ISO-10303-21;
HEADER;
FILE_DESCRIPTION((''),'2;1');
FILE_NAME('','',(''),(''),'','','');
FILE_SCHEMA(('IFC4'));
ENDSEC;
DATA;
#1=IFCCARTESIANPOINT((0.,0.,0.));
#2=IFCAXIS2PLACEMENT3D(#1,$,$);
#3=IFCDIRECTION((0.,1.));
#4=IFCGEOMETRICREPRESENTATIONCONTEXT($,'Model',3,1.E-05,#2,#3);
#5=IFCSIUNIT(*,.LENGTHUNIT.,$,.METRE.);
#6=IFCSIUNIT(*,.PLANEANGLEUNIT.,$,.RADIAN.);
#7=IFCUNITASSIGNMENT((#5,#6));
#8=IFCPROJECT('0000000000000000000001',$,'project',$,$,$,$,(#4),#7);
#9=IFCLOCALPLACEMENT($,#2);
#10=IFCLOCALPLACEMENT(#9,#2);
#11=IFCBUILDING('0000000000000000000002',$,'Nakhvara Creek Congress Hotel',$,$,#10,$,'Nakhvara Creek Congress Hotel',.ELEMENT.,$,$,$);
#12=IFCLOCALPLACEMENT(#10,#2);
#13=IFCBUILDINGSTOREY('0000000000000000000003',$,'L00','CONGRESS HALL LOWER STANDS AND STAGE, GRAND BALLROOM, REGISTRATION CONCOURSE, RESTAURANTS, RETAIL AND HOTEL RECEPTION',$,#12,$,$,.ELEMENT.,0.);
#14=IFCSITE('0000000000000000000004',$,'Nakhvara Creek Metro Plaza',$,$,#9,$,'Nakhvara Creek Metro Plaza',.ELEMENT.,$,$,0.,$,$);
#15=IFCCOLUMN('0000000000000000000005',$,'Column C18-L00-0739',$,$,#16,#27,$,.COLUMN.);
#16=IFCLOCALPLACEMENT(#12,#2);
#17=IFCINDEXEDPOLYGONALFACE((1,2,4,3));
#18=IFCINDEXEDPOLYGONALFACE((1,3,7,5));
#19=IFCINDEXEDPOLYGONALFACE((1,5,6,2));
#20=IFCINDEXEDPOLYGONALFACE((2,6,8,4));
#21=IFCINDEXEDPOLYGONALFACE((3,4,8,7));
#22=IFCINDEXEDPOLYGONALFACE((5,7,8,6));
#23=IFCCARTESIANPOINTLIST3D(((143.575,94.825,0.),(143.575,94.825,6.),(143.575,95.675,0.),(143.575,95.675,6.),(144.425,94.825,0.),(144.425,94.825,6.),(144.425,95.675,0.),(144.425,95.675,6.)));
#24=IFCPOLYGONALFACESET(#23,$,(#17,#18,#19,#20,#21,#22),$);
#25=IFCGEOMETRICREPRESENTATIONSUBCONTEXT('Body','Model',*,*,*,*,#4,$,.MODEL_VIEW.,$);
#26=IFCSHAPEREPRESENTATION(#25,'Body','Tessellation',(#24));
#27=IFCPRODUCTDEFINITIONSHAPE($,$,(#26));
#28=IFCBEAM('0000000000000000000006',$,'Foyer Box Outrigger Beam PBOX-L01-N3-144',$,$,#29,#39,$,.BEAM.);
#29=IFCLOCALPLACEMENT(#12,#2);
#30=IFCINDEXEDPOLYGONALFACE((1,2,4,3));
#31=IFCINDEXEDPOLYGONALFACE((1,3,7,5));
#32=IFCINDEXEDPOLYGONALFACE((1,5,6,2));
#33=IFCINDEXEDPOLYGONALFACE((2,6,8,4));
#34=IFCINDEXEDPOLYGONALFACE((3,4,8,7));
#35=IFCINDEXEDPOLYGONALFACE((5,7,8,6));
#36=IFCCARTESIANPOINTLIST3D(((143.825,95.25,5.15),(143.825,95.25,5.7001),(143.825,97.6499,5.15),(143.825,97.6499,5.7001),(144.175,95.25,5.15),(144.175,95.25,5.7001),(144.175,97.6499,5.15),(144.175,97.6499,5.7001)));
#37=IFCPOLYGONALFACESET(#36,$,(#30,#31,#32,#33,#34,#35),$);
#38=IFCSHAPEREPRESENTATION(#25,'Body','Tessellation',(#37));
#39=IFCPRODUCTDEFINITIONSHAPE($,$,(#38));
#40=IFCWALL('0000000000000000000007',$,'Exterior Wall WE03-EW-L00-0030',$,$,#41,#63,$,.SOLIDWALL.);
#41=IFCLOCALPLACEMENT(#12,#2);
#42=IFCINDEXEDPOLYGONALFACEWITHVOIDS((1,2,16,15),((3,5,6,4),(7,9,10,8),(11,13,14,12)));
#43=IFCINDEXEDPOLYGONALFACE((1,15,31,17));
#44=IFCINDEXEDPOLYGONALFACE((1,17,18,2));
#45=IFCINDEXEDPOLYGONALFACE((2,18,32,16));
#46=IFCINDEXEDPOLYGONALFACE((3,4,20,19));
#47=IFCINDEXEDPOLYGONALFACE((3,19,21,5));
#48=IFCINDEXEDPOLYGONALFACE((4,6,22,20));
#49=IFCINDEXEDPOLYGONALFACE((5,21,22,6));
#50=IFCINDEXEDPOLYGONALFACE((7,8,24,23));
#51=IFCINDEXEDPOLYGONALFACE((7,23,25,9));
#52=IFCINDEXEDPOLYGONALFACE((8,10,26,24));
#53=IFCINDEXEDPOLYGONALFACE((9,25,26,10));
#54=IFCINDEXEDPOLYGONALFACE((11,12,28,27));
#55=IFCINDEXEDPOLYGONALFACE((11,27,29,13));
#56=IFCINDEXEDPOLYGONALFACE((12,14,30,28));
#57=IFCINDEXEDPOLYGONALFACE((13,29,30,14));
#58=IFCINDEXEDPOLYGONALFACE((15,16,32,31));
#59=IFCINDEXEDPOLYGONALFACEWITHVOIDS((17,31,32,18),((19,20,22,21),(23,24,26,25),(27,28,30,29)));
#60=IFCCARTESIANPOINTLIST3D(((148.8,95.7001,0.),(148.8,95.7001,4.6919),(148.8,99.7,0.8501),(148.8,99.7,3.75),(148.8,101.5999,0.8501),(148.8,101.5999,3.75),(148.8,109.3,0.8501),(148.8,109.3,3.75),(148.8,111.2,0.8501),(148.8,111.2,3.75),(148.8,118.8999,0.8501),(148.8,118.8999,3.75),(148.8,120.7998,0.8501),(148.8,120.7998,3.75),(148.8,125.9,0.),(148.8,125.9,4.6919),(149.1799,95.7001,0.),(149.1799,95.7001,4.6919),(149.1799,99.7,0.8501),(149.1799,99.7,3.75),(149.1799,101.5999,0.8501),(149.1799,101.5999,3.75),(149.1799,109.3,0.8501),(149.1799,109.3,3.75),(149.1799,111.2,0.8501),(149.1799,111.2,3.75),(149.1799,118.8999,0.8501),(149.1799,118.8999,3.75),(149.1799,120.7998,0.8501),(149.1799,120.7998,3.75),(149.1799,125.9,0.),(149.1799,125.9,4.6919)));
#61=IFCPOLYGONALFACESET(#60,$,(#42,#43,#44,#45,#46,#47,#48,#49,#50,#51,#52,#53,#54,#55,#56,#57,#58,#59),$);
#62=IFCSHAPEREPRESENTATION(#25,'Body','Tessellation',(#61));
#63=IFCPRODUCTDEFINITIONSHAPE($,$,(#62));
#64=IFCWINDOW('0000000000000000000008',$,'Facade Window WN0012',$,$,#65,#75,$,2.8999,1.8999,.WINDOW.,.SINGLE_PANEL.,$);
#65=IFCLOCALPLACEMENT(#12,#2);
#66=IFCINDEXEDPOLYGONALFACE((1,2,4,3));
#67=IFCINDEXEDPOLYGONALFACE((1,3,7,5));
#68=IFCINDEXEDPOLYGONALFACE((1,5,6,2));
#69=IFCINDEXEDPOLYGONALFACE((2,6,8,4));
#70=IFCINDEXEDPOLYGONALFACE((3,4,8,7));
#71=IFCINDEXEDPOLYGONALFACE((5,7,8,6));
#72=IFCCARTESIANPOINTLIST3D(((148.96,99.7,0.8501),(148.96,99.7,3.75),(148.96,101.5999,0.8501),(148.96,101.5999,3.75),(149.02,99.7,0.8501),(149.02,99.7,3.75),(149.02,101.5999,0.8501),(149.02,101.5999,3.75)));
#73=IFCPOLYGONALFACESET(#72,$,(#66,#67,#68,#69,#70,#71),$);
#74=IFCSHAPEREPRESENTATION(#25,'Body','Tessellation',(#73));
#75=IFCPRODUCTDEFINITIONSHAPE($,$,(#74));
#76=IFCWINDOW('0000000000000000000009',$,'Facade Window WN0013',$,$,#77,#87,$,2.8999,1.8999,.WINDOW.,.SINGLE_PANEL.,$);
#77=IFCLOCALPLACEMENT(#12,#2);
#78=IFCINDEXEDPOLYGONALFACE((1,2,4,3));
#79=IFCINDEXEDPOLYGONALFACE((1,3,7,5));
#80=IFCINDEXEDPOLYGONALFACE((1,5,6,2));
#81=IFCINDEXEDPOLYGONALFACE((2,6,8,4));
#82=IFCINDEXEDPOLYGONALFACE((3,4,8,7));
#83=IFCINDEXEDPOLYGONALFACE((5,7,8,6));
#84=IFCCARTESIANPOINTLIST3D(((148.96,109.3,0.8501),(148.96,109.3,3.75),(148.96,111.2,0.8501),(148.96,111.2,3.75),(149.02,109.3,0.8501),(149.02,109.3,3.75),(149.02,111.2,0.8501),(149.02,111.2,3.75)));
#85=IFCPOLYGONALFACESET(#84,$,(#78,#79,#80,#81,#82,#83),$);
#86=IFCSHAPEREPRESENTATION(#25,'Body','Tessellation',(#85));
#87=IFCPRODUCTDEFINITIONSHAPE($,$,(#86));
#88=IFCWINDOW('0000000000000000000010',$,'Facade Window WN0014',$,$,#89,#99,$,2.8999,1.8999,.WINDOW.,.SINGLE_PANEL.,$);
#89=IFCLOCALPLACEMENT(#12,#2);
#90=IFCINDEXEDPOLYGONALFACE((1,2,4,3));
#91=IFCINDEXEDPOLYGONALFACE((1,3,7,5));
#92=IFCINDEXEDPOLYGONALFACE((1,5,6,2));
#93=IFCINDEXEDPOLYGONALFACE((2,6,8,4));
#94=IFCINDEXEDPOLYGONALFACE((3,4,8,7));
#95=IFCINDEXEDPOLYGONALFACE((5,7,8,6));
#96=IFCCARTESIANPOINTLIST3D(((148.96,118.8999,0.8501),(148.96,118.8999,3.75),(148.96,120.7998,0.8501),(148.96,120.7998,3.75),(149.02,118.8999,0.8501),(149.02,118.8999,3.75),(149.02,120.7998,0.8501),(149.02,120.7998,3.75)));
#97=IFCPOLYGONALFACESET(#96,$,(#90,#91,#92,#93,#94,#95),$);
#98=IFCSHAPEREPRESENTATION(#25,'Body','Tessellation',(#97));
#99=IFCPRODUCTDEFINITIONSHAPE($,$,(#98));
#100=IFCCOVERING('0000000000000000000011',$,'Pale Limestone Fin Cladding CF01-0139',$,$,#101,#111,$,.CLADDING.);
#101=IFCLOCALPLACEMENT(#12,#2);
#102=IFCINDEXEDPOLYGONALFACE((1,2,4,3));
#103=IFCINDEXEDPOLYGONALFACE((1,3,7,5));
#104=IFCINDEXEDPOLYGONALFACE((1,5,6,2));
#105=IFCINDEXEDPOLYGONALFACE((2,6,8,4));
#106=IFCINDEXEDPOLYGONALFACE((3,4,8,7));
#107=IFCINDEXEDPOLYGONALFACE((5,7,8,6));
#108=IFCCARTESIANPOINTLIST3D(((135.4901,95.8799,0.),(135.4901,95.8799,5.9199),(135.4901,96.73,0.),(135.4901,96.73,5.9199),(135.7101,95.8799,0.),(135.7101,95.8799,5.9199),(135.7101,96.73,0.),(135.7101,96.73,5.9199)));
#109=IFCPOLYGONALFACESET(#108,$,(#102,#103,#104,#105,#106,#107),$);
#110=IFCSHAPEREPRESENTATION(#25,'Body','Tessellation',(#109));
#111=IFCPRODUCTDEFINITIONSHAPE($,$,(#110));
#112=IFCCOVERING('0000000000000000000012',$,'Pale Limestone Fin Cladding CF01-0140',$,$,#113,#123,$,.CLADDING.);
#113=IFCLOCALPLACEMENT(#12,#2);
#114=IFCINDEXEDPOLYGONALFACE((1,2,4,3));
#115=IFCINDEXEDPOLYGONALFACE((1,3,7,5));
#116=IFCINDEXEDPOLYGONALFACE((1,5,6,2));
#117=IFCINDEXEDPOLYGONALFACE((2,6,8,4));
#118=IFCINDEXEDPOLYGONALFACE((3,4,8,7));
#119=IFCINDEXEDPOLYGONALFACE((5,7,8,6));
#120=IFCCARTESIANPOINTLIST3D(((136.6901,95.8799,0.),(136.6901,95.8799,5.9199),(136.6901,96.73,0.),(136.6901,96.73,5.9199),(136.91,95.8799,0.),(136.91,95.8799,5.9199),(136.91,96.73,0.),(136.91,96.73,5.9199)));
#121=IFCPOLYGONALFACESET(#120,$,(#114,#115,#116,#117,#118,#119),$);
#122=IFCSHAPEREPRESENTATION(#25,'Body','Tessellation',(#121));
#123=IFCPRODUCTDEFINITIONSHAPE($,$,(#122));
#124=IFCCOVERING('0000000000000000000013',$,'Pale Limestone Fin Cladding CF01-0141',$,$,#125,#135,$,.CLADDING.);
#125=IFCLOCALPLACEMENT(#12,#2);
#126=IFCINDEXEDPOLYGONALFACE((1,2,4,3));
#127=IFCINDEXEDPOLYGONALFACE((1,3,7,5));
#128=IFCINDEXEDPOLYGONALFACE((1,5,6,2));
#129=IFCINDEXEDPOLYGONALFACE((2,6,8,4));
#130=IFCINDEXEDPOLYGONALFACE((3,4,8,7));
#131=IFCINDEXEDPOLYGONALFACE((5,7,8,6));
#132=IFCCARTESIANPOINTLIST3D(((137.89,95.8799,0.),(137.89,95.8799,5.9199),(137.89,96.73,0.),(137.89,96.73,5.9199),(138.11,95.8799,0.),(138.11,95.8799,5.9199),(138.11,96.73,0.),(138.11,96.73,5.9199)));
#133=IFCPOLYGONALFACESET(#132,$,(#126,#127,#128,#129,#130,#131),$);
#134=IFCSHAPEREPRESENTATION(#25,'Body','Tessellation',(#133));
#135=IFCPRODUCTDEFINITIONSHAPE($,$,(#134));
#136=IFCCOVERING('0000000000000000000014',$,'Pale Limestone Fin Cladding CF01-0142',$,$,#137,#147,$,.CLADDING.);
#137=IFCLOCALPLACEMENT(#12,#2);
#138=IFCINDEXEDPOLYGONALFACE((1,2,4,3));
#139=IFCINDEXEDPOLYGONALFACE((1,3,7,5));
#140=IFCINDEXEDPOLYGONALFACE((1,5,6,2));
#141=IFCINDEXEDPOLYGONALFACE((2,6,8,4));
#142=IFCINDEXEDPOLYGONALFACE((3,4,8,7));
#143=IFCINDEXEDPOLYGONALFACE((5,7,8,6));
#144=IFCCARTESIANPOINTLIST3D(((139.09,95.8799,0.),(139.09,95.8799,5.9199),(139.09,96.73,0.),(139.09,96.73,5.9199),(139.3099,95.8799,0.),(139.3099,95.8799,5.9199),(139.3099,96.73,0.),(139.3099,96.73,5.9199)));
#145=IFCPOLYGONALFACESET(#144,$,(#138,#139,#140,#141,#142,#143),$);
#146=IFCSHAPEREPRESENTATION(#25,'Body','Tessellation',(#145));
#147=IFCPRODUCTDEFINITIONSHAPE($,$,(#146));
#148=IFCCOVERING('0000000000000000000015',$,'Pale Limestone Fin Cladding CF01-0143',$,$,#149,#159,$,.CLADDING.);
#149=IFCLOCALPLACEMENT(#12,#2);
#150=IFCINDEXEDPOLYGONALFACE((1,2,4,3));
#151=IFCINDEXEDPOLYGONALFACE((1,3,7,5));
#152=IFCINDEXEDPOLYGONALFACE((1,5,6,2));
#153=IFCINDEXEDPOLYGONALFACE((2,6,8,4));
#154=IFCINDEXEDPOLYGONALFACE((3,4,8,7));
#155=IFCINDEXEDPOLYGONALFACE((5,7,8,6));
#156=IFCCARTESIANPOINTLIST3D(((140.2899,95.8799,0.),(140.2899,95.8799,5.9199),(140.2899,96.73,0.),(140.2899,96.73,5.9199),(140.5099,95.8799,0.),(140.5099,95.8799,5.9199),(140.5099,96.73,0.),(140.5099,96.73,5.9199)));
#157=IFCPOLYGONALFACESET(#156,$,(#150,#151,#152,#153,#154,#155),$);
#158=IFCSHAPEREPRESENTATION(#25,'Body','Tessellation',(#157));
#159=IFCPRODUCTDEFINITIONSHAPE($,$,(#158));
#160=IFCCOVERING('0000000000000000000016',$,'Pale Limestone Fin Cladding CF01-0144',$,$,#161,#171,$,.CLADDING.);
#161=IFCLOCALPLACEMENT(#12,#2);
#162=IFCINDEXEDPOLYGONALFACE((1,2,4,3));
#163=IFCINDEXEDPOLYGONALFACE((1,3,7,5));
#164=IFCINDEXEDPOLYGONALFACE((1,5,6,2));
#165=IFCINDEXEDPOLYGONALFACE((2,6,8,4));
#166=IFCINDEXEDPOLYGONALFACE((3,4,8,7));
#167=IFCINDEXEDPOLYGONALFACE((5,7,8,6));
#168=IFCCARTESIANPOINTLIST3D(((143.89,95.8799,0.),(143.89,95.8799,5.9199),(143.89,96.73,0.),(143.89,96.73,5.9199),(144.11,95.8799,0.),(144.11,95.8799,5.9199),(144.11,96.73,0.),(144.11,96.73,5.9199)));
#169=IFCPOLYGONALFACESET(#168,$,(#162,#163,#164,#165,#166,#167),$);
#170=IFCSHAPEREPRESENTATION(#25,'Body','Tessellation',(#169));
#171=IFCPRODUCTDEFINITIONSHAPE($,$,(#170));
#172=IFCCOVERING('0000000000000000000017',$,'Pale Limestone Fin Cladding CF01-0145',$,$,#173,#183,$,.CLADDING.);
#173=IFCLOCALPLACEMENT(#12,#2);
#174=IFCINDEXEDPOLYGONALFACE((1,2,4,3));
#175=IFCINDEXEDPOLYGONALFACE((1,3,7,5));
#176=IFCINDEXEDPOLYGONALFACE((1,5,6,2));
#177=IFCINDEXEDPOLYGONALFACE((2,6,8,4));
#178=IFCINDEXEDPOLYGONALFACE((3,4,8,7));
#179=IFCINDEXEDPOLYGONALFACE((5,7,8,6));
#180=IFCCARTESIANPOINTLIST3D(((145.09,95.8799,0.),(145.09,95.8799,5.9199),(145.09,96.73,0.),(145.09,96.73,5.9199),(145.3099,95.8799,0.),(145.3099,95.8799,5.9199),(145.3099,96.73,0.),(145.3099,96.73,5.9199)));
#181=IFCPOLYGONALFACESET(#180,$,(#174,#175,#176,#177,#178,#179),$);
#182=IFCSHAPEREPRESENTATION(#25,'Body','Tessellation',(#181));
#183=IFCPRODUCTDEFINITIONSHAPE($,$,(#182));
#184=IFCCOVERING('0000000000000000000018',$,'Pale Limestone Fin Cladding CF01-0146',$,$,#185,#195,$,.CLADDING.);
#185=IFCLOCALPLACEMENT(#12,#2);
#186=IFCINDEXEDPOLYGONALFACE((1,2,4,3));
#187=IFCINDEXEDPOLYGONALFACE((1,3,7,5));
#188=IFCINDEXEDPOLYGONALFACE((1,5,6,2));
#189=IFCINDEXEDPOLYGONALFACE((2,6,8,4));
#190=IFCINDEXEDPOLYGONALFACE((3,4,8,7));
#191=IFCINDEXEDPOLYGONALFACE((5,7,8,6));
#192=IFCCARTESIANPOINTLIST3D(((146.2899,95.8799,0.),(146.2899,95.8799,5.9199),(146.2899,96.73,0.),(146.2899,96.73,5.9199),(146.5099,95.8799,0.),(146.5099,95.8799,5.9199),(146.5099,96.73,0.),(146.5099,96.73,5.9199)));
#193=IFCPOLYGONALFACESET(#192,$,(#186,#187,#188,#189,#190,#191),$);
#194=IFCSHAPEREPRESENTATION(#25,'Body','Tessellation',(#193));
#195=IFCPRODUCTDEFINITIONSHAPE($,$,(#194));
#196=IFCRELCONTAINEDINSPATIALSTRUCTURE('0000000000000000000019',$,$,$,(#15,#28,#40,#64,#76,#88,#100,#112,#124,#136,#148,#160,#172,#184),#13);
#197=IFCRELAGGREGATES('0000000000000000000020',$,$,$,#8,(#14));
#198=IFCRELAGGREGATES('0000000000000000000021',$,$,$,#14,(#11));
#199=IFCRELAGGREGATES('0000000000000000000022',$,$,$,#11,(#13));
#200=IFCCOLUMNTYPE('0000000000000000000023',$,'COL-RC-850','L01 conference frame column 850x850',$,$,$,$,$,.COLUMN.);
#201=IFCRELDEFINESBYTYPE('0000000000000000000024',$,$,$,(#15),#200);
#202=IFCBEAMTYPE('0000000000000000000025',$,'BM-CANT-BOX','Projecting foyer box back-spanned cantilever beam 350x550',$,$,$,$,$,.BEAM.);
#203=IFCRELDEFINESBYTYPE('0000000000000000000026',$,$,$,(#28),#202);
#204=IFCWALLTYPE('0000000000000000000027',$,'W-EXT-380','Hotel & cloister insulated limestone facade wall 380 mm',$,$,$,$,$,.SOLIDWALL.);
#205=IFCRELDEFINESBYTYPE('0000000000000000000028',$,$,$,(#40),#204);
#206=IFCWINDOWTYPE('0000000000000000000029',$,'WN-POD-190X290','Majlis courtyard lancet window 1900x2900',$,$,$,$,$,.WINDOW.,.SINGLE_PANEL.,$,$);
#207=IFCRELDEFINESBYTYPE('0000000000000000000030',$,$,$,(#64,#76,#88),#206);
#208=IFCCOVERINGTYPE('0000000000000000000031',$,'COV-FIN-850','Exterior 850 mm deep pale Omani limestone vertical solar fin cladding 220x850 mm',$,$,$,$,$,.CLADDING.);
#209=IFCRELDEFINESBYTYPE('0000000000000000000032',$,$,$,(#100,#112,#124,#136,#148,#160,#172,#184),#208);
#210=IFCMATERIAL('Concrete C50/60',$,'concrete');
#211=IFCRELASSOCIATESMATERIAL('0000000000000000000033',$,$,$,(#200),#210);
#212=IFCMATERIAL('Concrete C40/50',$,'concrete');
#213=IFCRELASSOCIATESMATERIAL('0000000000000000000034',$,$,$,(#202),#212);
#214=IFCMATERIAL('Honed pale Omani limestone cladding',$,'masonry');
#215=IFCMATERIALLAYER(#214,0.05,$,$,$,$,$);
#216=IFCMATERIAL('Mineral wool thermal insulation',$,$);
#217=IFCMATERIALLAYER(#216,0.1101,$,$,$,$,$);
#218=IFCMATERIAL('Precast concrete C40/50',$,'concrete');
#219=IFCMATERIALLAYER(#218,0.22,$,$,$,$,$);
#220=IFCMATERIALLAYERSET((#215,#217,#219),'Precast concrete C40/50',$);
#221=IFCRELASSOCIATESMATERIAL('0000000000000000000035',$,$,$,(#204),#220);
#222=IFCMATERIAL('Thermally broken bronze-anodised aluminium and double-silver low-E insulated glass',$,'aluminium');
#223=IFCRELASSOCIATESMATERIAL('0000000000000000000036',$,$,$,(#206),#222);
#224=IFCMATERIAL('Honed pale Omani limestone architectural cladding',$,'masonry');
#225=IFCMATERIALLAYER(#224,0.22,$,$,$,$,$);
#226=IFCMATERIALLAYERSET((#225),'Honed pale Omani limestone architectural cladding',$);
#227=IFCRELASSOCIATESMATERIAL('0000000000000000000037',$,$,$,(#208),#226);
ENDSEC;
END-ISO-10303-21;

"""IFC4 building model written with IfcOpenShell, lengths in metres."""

from ifc_helpers import new_model, si_unit, direction, frame, frame_2d, origin, origin_2d, place, context, subcontext, project, spatial, rectangle, extrude, material, layer, layer_set, material_profile, profile_set, type_object, element, fill, save


model = new_model("IFC4")

# Units and contexts
model_context = context("Model", 3, precision=1e-05, world=origin(), true_north=direction((0.0, 1.0)))
body_context = subcontext(model_context, "Body", "Model", "MODEL_VIEW")
ifc_project = project(units=[si_unit("LENGTHUNIT", "METRE"), si_unit("PLANEANGLEUNIT", "RADIAN")], contexts=[model_context])

# Site, building, storey
site_placement = place(None, origin())
site = spatial("IfcSite", under=ifc_project, at=site_placement, Name="Nakhvara Creek Metro Plaza", LongName="Nakhvara Creek Metro Plaza", CompositionType="ELEMENT", RefElevation=0.0)
building_placement = place(site_placement, origin())
building = spatial("IfcBuilding", under=site, at=building_placement, Name="Nakhvara Creek Congress Hotel", LongName="Nakhvara Creek Congress Hotel", CompositionType="ELEMENT")
storey_placement = place(building_placement, origin())
storey = spatial("IfcBuildingStorey", under=building, at=storey_placement, Name="L00", Description="CONGRESS HALL LOWER STANDS AND STAGE, GRAND BALLROOM, REGISTRATION CONCOURSE, RESTAURANTS, RETAIL AND HOTEL RECEPTION", CompositionType="ELEMENT", Elevation=0.0)

# Column
ifc_material_1 = material(Name="Concrete C50/60", Category="concrete")
ifc_material_profile_1 = material_profile(ifc_material_1, rectangle(XDim=0.8501, YDim=0.8501, at=origin_2d()), Name="RC-COL 850x850", Category="LoadBearing")
ifc_profile_set_1 = profile_set([ifc_material_profile_1], Name="Concrete C50/60")
column_type = type_object("IfcColumnType", Name="COL-RC-850", Description="L01 conference frame column 850x850", PredefinedType="COLUMN", material=ifc_profile_set_1)
column_placement = place(storey_placement, frame((144.0, 95.25, 0.0), z_axis=(0.0, 0.0, 1.0), x_axis=(1.0, 0.0, 0.0)))
element("IfcColumn", 1, at=column_placement, inside=storey, type_object=column_type, Name="Column C18-L00-0739", PredefinedType="COLUMN", context=body_context, shape_type="SweptSolid", body=[
    extrude(rectangle(XDim=0.8501, YDim=0.8501, at=origin_2d()), origin(), (0.0, 0.0, 1.0), 6.0),
])

# Beam
ifc_material_2 = material(Name="Concrete C40/50", Category="concrete")
ifc_material_profile_2 = material_profile(ifc_material_2, rectangle(XDim=0.3501, YDim=0.55, at=origin_2d()), Name="RC-BM 350x550", Category="LoadBearing")
ifc_profile_set_2 = profile_set([ifc_material_profile_2], Name="Concrete C40/50")
beam_type = type_object("IfcBeamType", Name="BM-CANT-BOX", Description="Projecting foyer box back-spanned cantilever beam 350x550", PredefinedType="BEAM", material=ifc_profile_set_2)
beam_placement = place(storey_placement, frame((144.0, 95.25, 5.425), z_axis=(0.0, 1.0, 0.0), x_axis=(-1.0, 0.0, 0.0)))
element("IfcBeam", 2, at=beam_placement, inside=storey, type_object=beam_type, Name="Foyer Box Outrigger Beam PBOX-L01-N3-144", PredefinedType="BEAM", context=body_context, shape_type="SweptSolid", body=[
    extrude(rectangle(XDim=0.3501, YDim=0.55, at=origin_2d()), origin(), (0.0, 0.0, 1.0), 2.3999),
])

# Wall, openings, windows
ifc_material_3 = material(Name="Honed pale Omani limestone cladding", Category="masonry")
ifc_layer_1 = layer(ifc_material_3, 0.05)
ifc_material_4 = material(Name="Mineral wool thermal insulation")
ifc_layer_2 = layer(ifc_material_4, 0.1101)
ifc_material_5 = material(Name="Precast concrete C40/50", Category="concrete")
ifc_layer_3 = layer(ifc_material_5, 0.22)
ifc_layer_set_1 = layer_set([ifc_layer_1, ifc_layer_2, ifc_layer_3], Name="Precast concrete C40/50")
wall_type = type_object("IfcWallType", Name="W-EXT-380", Description="Hotel & cloister insulated limestone facade wall 380 mm", PredefinedType="SOLIDWALL", material=ifc_layer_set_1)
wall_placement = place(storey_placement, frame((148.99, 95.7, 0.0), z_axis=(0.0, 0.0, 1.0), x_axis=(0.0, 1.0, 0.0)))
wall = element("IfcWall", 3, at=wall_placement, inside=storey, type_object=wall_type, Name="Exterior Wall WE03-EW-L00-0030", PredefinedType="SOLIDWALL", context=body_context, shape_type="SweptSolid", body=[
    extrude(rectangle(XDim=30.2, YDim=0.3799, at=frame_2d((15.1001, 0.0))), origin(), (0.0, 0.0, 1.0), 4.6919),
])
opening_1_placement = place(wall_placement, frame((4.0, 0.0, 0.8501)))
opening_1 = element("IfcOpeningElement", 4, at=opening_1_placement, cuts=wall, PredefinedType="OPENING", context=body_context, shape_type="SweptSolid", body=[
    extrude(rectangle(XDim=1.8999, YDim=2.8999, at=frame_2d((0.95, 1.45))), frame((0.0, 0.2019, 0.0), z_axis=(0.0, -1.0, 0.0), x_axis=(1.0, 0.0, 0.0)), (0.0, 0.0, 1.0), 0.4038),
])
opening_2_placement = place(wall_placement, frame((13.6001, 0.0, 0.8501)))
opening_2 = element("IfcOpeningElement", 5, at=opening_2_placement, cuts=wall, PredefinedType="OPENING", context=body_context, shape_type="SweptSolid", body=[
    extrude(rectangle(XDim=1.8999, YDim=2.8999, at=frame_2d((0.95, 1.45))), frame((0.0, 0.2019, 0.0), z_axis=(0.0, -1.0, 0.0), x_axis=(1.0, 0.0, 0.0)), (0.0, 0.0, 1.0), 0.4038),
])
opening_3_placement = place(wall_placement, frame((23.2, 0.0, 0.8501)))
opening_3 = element("IfcOpeningElement", 6, at=opening_3_placement, cuts=wall, PredefinedType="OPENING", context=body_context, shape_type="SweptSolid", body=[
    extrude(rectangle(XDim=1.8999, YDim=2.8999, at=frame_2d((0.95, 1.45))), frame((0.0, 0.2019, 0.0), z_axis=(0.0, -1.0, 0.0), x_axis=(1.0, 0.0, 0.0)), (0.0, 0.0, 1.0), 0.4038),
])
ifc_material_6 = material(Name="Thermally broken bronze-anodised aluminium and double-silver low-E insulated glass", Category="aluminium")
window_type = type_object("IfcWindowType", Name="WN-POD-190X290", Description="Majlis courtyard lancet window 1900x2900", PartitioningType="SINGLE_PANEL", PredefinedType="WINDOW", material=ifc_material_6)
window_1_placement = place(opening_1_placement, origin())
window_1 = element("IfcWindow", 7, at=window_1_placement, inside=storey, type_object=window_type, Name="Facade Window WN0012", OverallHeight=2.8999, OverallWidth=1.8999, PartitioningType="SINGLE_PANEL", PredefinedType="WINDOW", context=body_context, shape_type="SweptSolid", body=[
    extrude(rectangle(XDim=1.8999, YDim=2.8999, at=frame_2d((0.95, 1.45))), frame((0.0, 0.03, 0.0), z_axis=(0.0, -1.0, 0.0), x_axis=(1.0, 0.0, 0.0)), (0.0, 0.0, 1.0), 0.0601),
])
fill(opening_1, window_1)
window_2_placement = place(opening_2_placement, origin())
window_2 = element("IfcWindow", 8, at=window_2_placement, inside=storey, type_object=window_type, Name="Facade Window WN0013", OverallHeight=2.8999, OverallWidth=1.8999, PartitioningType="SINGLE_PANEL", PredefinedType="WINDOW", context=body_context, shape_type="SweptSolid", body=[
    extrude(rectangle(XDim=1.8999, YDim=2.8999, at=frame_2d((0.95, 1.45))), frame((0.0, 0.03, 0.0), z_axis=(0.0, -1.0, 0.0), x_axis=(1.0, 0.0, 0.0)), (0.0, 0.0, 1.0), 0.0601),
])
fill(opening_2, window_2)
window_3_placement = place(opening_3_placement, origin())
window_3 = element("IfcWindow", 9, at=window_3_placement, inside=storey, type_object=window_type, Name="Facade Window WN0014", OverallHeight=2.8999, OverallWidth=1.8999, PartitioningType="SINGLE_PANEL", PredefinedType="WINDOW", context=body_context, shape_type="SweptSolid", body=[
    extrude(rectangle(XDim=1.8999, YDim=2.8999, at=frame_2d((0.95, 1.45))), frame((0.0, 0.03, 0.0), z_axis=(0.0, -1.0, 0.0), x_axis=(1.0, 0.0, 0.0)), (0.0, 0.0, 1.0), 0.0601),
])
fill(opening_3, window_3)

# Coverings
ifc_material_7 = material(Name="Honed pale Omani limestone architectural cladding", Category="masonry")
ifc_layer_4 = layer(ifc_material_7, 0.22)
ifc_layer_set_2 = layer_set([ifc_layer_4], Name="Honed pale Omani limestone architectural cladding")
covering_type = type_object("IfcCoveringType", Name="COV-FIN-850", Description="Exterior 850 mm deep pale Omani limestone vertical solar fin cladding 220x850 mm", PredefinedType="CLADDING", material=ifc_layer_set_2)
for number, where, z_axis, x_axis, name in (
    (10, (135.6001, 96.3049, 0.0), (0.0, 0.0, 1.0), (1.0, 0.0, 0.0), "Pale Limestone Fin Cladding CF01-0139"),
    (11, (136.8, 96.3049, 0.0), (0.0, 0.0, 1.0), (1.0, 0.0, 0.0), "Pale Limestone Fin Cladding CF01-0140"),
    (12, (138.0, 96.3049, 0.0), (0.0, 0.0, 1.0), (1.0, 0.0, 0.0), "Pale Limestone Fin Cladding CF01-0141"),
    (13, (139.2, 96.3049, 0.0), (0.0, 0.0, 1.0), (1.0, 0.0, 0.0), "Pale Limestone Fin Cladding CF01-0142"),
    (14, (140.3999, 96.3049, 0.0), (0.0, 0.0, 1.0), (1.0, 0.0, 0.0), "Pale Limestone Fin Cladding CF01-0143"),
    (15, (144.0, 96.3049, 0.0), (0.0, 0.0, 1.0), (1.0, 0.0, 0.0), "Pale Limestone Fin Cladding CF01-0144"),
    (16, (145.2, 96.3049, 0.0), (0.0, 0.0, 1.0), (1.0, 0.0, 0.0), "Pale Limestone Fin Cladding CF01-0145"),
    (17, (146.3999, 96.3049, 0.0), (0.0, 0.0, 1.0), (1.0, 0.0, 0.0), "Pale Limestone Fin Cladding CF01-0146"),
):
    element("IfcCovering", number, at=place(storey_placement, frame(where, z_axis=z_axis, x_axis=x_axis)), inside=storey, type_object=covering_type, Name=name, PredefinedType="CLADDING", context=body_context, shape_type="SweptSolid", body=[
        extrude(rectangle(XDim=0.22, YDim=0.8501, at=origin_2d()), origin(), (0.0, 0.0, 1.0), 5.9199),
    ])

save(model, "model.ifc")
